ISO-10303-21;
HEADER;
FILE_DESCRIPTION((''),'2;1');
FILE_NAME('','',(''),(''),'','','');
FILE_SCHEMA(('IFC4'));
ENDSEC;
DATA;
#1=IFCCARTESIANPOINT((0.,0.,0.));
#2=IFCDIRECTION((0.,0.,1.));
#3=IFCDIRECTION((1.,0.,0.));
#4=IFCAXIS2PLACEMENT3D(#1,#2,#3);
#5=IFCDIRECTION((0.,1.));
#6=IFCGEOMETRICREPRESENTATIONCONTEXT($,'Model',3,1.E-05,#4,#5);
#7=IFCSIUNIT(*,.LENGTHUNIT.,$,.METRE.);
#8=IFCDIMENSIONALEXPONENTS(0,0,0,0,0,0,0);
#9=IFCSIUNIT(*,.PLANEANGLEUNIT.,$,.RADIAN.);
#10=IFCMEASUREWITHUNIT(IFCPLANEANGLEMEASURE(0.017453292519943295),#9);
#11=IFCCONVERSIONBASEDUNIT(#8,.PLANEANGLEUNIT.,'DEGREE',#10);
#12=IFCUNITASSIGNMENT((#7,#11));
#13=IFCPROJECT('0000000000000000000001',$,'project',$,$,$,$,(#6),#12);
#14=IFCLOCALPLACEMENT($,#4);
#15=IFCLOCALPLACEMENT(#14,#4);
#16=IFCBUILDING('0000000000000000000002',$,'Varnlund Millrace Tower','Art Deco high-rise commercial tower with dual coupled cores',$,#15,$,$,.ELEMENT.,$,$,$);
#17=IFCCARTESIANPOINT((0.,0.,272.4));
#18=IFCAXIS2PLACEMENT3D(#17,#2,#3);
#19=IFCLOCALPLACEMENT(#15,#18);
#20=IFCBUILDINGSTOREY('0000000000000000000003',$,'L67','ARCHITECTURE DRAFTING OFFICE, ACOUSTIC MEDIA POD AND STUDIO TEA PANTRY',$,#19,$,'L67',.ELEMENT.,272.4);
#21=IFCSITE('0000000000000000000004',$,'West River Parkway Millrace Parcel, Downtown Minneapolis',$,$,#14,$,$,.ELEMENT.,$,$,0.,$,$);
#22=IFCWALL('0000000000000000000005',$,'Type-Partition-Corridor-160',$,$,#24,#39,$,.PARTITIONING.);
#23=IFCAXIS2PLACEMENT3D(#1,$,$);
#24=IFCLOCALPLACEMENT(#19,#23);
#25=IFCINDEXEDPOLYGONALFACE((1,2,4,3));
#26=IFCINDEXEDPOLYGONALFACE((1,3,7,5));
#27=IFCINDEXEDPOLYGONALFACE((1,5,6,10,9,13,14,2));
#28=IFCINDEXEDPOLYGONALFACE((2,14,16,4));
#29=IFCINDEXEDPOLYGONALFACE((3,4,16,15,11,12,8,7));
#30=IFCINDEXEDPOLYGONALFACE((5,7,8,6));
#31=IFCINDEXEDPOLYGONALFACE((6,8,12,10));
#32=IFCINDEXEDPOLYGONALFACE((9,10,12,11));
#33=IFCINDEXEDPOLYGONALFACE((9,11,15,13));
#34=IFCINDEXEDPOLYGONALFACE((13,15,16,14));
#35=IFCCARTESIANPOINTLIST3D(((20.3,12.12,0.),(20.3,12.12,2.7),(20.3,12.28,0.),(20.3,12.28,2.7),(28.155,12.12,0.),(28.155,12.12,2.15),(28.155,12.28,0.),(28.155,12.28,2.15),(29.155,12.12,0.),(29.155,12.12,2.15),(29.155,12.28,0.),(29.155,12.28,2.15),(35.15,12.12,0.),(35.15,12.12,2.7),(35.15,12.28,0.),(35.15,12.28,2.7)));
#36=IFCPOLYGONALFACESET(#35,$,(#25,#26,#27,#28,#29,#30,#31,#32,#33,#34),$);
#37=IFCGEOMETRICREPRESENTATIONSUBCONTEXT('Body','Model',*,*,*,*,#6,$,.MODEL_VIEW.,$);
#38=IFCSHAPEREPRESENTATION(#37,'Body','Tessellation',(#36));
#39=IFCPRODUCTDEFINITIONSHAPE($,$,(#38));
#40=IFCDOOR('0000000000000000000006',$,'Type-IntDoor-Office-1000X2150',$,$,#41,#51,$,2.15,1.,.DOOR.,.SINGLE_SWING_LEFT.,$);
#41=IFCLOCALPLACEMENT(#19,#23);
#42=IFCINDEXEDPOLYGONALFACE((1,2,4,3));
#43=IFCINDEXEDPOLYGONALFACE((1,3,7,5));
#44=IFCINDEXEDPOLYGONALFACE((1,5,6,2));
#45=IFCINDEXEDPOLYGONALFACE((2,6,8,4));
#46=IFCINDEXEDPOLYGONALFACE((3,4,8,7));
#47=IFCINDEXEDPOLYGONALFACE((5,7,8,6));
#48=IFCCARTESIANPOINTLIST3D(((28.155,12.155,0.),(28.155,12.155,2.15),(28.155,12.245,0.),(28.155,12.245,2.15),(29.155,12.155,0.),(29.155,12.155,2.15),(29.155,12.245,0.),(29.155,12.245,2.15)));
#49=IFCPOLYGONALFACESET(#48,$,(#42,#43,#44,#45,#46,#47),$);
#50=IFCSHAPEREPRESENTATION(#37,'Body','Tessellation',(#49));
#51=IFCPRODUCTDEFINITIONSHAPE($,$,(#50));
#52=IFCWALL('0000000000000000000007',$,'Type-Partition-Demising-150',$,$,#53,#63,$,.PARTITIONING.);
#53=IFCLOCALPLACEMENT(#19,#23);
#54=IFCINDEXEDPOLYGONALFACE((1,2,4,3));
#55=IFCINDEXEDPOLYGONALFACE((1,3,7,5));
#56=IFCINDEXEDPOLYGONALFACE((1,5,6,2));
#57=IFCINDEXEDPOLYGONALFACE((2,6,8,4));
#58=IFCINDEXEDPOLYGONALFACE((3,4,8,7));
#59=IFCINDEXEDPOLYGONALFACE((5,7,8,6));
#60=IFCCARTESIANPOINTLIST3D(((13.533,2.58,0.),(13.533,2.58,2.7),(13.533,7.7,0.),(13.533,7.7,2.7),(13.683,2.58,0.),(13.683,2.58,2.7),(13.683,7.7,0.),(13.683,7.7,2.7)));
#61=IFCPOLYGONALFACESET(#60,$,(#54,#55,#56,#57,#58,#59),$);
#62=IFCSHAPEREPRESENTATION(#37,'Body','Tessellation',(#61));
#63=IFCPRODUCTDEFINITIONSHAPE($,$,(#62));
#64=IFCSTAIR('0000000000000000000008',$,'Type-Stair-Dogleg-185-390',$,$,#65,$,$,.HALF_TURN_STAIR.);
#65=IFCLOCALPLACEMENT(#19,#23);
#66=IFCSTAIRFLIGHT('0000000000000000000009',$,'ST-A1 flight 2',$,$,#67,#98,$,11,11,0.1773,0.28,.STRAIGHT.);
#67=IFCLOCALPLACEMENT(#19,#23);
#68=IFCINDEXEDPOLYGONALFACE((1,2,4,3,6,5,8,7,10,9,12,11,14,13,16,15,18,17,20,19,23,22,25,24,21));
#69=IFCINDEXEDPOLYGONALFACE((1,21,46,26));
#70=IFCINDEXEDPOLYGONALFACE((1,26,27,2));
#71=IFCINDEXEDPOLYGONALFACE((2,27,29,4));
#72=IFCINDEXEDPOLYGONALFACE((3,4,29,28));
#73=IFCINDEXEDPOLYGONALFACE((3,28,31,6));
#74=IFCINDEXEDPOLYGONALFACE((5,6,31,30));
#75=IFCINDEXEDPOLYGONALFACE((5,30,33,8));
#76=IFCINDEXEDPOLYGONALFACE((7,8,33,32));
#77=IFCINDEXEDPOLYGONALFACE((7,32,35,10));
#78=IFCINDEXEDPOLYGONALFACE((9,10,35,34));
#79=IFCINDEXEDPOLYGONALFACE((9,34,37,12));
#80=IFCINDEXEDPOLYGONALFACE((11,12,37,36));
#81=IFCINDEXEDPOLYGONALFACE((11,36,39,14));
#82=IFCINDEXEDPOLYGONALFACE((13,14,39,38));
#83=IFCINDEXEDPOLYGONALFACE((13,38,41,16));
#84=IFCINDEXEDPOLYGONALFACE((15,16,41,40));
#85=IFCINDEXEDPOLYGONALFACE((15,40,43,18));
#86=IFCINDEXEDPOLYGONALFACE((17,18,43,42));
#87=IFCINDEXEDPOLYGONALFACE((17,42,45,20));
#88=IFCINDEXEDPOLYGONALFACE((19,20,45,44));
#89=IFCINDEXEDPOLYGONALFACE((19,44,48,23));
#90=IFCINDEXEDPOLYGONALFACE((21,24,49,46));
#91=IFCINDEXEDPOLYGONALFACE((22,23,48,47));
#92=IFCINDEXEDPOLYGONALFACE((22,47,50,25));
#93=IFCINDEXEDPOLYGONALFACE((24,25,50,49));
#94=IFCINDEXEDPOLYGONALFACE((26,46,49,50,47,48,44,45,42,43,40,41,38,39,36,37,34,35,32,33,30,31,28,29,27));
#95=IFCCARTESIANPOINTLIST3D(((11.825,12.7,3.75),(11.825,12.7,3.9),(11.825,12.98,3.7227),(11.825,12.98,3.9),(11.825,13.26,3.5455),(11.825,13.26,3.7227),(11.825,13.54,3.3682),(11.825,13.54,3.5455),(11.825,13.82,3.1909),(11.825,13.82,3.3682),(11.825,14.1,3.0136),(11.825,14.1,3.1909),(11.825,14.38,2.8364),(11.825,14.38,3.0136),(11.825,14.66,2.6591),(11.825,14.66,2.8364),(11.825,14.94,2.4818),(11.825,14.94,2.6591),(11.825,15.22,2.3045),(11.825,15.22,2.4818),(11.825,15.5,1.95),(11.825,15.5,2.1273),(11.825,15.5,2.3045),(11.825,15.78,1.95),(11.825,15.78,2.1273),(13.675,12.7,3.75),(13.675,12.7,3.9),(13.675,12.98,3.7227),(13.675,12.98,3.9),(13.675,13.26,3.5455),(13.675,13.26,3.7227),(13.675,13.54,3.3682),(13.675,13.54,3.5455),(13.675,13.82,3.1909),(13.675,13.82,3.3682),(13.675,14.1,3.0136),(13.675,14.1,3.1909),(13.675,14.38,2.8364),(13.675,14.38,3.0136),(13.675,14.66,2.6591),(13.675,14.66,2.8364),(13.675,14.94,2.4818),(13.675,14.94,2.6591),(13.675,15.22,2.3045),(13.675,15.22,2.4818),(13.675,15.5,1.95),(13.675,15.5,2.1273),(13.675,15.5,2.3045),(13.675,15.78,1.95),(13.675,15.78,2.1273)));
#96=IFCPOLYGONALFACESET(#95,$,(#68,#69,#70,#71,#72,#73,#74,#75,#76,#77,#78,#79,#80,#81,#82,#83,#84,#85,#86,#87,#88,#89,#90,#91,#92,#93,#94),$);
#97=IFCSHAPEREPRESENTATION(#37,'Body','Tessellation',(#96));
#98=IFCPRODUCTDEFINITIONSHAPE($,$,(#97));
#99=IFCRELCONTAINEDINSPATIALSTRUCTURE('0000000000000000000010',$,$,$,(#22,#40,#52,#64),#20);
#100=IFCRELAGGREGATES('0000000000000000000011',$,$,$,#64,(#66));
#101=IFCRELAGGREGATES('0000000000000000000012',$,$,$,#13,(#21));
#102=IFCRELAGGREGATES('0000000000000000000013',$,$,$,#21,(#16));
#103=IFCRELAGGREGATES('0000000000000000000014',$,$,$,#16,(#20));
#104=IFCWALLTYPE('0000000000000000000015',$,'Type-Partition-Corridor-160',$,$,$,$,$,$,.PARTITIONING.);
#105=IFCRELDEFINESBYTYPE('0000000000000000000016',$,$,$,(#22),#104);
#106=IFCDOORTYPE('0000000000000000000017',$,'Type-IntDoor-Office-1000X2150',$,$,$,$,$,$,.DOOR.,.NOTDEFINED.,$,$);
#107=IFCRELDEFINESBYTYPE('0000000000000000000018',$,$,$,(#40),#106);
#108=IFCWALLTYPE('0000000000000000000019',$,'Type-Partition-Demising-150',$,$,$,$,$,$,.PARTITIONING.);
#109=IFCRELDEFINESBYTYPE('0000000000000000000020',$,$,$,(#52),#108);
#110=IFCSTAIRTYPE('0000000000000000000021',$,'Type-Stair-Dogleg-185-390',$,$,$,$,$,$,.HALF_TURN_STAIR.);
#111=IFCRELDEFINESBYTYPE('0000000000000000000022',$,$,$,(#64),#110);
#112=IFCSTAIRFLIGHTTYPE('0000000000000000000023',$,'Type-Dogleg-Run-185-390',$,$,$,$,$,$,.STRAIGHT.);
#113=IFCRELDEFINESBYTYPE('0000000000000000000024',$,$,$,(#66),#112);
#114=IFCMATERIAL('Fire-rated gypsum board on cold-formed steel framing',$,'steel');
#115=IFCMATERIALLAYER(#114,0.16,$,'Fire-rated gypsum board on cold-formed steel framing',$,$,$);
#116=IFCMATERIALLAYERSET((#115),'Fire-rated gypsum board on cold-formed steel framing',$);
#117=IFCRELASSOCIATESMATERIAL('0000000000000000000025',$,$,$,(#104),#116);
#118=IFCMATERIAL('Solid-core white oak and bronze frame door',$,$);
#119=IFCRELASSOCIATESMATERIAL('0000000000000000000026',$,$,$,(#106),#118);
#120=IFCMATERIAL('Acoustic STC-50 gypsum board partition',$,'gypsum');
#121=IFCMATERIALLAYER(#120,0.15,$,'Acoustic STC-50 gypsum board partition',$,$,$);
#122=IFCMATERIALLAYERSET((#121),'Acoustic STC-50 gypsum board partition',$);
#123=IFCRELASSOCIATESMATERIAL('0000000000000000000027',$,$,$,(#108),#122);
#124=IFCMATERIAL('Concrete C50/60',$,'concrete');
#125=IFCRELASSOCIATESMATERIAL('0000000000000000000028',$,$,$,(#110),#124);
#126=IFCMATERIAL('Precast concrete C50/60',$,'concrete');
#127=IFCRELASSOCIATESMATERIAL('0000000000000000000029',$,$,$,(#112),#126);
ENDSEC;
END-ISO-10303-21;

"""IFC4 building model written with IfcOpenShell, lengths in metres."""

from ifc_helpers import new_model, entity, si_unit, converted_unit, direction, frame, origin_with_axes, origin_2d_with_axis, place, context, subcontext, project, spatial, polyline, rectangle, outline, extrude, material, layer, layer_set, type_object, element, fill, aggregate, save


model = new_model("IFC4")

# Units and contexts
model_context = context("Model", 3, precision=1e-05, world=origin_with_axes(), true_north=direction((0.0, 1.0)))
body_context = subcontext(model_context, "Body", "Model", "MODEL_VIEW")
ifc_project = project(units=[si_unit("LENGTHUNIT", "METRE"), converted_unit("PLANEANGLEUNIT", "DEGREE", entity("IfcPlaneAngleMeasure", 0.017453292519943295), si_unit("PLANEANGLEUNIT", "RADIAN"), dimensions=[0, 0, 0, 0, 0, 0, 0])], contexts=[model_context])

# Site, building, storey
site_placement = place(None, origin_with_axes())
site = spatial("IfcSite", under=ifc_project, at=site_placement, Name="West River Parkway Millrace Parcel, Downtown Minneapolis", CompositionType="ELEMENT", RefElevation=0.0)
building_placement = place(site_placement, origin_with_axes())
building = spatial("IfcBuilding", under=site, at=building_placement, Name="Varnlund Millrace Tower", Description="Art Deco high-rise commercial tower with dual coupled cores", CompositionType="ELEMENT")
storey_placement = place(building_placement, frame((0.0, 0.0, 272.4), z_axis=(0.0, 0.0, 1.0), x_axis=(1.0, 0.0, 0.0)))
storey = spatial("IfcBuildingStorey", under=building, at=storey_placement, Name="L67", Description="ARCHITECTURE DRAFTING OFFICE, ACOUSTIC MEDIA POD AND STUDIO TEA PANTRY", LongName="L67", CompositionType="ELEMENT", Elevation=272.4)

# Wall, opening, door
ifc_material_1 = material(Name="Fire-rated gypsum board on cold-formed steel framing", Category="steel")
ifc_layer_1 = layer(ifc_material_1, 0.16, Name="Fire-rated gypsum board on cold-formed steel framing")
ifc_layer_set_1 = layer_set([ifc_layer_1], Name="Fire-rated gypsum board on cold-formed steel framing")
wall_type_1 = type_object("IfcWallType", Name="Type-Partition-Corridor-160", PredefinedType="PARTITIONING", material=ifc_layer_set_1)
wall_1_placement = place(storey_placement, frame((20.3, 12.2, 0.0), z_axis=(0.0, 0.0, 1.0), x_axis=(1.0, 0.0, 0.0)))
wall_1 = element("IfcWall", 1, at=wall_1_placement, inside=storey, type_object=wall_type_1, Name="Type-Partition-Corridor-160", PredefinedType="PARTITIONING", context=body_context, shape_type="SweptSolid", body=[
    extrude(outline(polyline([(0.0, -0.08), (14.85, -0.08), (14.85, 0.08), (0.0, 0.08), (0.0, -0.08)])), origin_with_axes(), (0.0, 0.0, 1.0), 2.7),
])
opening_1_placement = place(wall_1_placement, frame((8.355, 0.0, 0.0), z_axis=(0.0, 0.0, 1.0), x_axis=(1.0, 0.0, 0.0)))
opening_1 = element("IfcOpeningElement", 2, at=opening_1_placement, cuts=wall_1, PredefinedType="OPENING", context=body_context, shape_type="SweptSolid", body=[
    extrude(rectangle(XDim=1.0, YDim=0.18, at=origin_2d_with_axis()), origin_with_axes(), (0.0, 0.0, 1.0), 2.15),
])
ifc_material_2 = material(Name="Solid-core white oak and bronze frame door")
door_type = type_object("IfcDoorType", Name="Type-IntDoor-Office-1000X2150", OperationType="NOTDEFINED", PredefinedType="DOOR", material=ifc_material_2)
door_1_placement = place(wall_1_placement, frame((8.355, 0.0, 0.0), z_axis=(0.0, 0.0, 1.0), x_axis=(1.0, 0.0, 0.0)))
door_1 = element("IfcDoor", 3, at=door_1_placement, inside=storey, type_object=door_type, Name="Type-IntDoor-Office-1000X2150", OperationType="SINGLE_SWING_LEFT", OverallHeight=2.15, OverallWidth=1.0, PredefinedType="DOOR", context=body_context, shape_type="SweptSolid", body=[
    extrude(rectangle(XDim=1.0, YDim=0.09, at=origin_2d_with_axis()), origin_with_axes(), (0.0, 0.0, 1.0), 2.15),
])
fill(opening_1, door_1)

# Wall
ifc_material_3 = material(Name="Acoustic STC-50 gypsum board partition", Category="gypsum")
ifc_layer_2 = layer(ifc_material_3, 0.15, Name="Acoustic STC-50 gypsum board partition")
ifc_layer_set_2 = layer_set([ifc_layer_2], Name="Acoustic STC-50 gypsum board partition")
wall_type_2 = type_object("IfcWallType", Name="Type-Partition-Demising-150", PredefinedType="PARTITIONING", material=ifc_layer_set_2)
wall_2_placement = place(storey_placement, frame((13.608, 2.58, 0.0), z_axis=(0.0, 0.0, 1.0), x_axis=(0.0, 1.0, 0.0)))
element("IfcWall", 4, at=wall_2_placement, inside=storey, type_object=wall_type_2, Name="Type-Partition-Demising-150", PredefinedType="PARTITIONING", context=body_context, shape_type="SweptSolid", body=[
    extrude(outline(polyline([(0.0, -0.075), (5.12, -0.075), (5.12, 0.075), (0.0, 0.075), (0.0, -0.075)])), origin_with_axes(), (0.0, 0.0, 1.0), 2.7),
])

# Stair, stair flight
ifc_material_4 = material(Name="Concrete C50/60", Category="concrete")
stair_type = type_object("IfcStairType", Name="Type-Stair-Dogleg-185-390", PredefinedType="HALF_TURN_STAIR", material=ifc_material_4)
stair_placement = place(storey_placement, origin_with_axes())
stair = element("IfcStair", 5, at=stair_placement, inside=storey, type_object=stair_type, Name="Type-Stair-Dogleg-185-390", PredefinedType="HALF_TURN_STAIR")
ifc_material_5 = material(Name="Precast concrete C50/60", Category="concrete")
stair_flight_type = type_object("IfcStairFlightType", Name="Type-Dogleg-Run-185-390", PredefinedType="STRAIGHT", material=ifc_material_5)
stair_flight_placement = place(storey_placement, frame((13.675, 15.78, 1.95), z_axis=(-1.0, 0.0, 0.0), x_axis=(0.0, -1.0, 0.0)))
stair_flight = element("IfcStairFlight", 6, at=stair_flight_placement, type_object=stair_flight_type, Name="ST-A1 flight 2", NumberOfRisers=11, NumberOfTreads=11, PredefinedType="STRAIGHT", RiserHeight=0.1773, TreadLength=0.28, context=body_context, shape_type="SweptSolid", body=[
    extrude(outline(polyline([(0.0, 0.0), (0.0, 0.1773), (0.28, 0.1773), (0.28, 0.3545), (0.56, 0.3545), (0.56, 0.5318), (0.84, 0.5318), (0.84, 0.7091), (1.12, 0.7091), (1.12, 0.8864), (1.4, 0.8864), (1.4, 1.0636), (1.68, 1.0636), (1.68, 1.2409), (1.96, 1.2409), (1.96, 1.4182), (2.24, 1.4182), (2.24, 1.5955), (2.52, 1.5955), (2.52, 1.7727), (2.8, 1.7727), (2.8, 1.95), (3.08, 1.95), (3.08, 1.8), (0.28, 0.0), (0.0, 0.0)])), origin_with_axes(), (0.0, 0.0, 1.0), 1.85),
])
aggregate(stair, [stair_flight])

save(model, "model.ifc")
